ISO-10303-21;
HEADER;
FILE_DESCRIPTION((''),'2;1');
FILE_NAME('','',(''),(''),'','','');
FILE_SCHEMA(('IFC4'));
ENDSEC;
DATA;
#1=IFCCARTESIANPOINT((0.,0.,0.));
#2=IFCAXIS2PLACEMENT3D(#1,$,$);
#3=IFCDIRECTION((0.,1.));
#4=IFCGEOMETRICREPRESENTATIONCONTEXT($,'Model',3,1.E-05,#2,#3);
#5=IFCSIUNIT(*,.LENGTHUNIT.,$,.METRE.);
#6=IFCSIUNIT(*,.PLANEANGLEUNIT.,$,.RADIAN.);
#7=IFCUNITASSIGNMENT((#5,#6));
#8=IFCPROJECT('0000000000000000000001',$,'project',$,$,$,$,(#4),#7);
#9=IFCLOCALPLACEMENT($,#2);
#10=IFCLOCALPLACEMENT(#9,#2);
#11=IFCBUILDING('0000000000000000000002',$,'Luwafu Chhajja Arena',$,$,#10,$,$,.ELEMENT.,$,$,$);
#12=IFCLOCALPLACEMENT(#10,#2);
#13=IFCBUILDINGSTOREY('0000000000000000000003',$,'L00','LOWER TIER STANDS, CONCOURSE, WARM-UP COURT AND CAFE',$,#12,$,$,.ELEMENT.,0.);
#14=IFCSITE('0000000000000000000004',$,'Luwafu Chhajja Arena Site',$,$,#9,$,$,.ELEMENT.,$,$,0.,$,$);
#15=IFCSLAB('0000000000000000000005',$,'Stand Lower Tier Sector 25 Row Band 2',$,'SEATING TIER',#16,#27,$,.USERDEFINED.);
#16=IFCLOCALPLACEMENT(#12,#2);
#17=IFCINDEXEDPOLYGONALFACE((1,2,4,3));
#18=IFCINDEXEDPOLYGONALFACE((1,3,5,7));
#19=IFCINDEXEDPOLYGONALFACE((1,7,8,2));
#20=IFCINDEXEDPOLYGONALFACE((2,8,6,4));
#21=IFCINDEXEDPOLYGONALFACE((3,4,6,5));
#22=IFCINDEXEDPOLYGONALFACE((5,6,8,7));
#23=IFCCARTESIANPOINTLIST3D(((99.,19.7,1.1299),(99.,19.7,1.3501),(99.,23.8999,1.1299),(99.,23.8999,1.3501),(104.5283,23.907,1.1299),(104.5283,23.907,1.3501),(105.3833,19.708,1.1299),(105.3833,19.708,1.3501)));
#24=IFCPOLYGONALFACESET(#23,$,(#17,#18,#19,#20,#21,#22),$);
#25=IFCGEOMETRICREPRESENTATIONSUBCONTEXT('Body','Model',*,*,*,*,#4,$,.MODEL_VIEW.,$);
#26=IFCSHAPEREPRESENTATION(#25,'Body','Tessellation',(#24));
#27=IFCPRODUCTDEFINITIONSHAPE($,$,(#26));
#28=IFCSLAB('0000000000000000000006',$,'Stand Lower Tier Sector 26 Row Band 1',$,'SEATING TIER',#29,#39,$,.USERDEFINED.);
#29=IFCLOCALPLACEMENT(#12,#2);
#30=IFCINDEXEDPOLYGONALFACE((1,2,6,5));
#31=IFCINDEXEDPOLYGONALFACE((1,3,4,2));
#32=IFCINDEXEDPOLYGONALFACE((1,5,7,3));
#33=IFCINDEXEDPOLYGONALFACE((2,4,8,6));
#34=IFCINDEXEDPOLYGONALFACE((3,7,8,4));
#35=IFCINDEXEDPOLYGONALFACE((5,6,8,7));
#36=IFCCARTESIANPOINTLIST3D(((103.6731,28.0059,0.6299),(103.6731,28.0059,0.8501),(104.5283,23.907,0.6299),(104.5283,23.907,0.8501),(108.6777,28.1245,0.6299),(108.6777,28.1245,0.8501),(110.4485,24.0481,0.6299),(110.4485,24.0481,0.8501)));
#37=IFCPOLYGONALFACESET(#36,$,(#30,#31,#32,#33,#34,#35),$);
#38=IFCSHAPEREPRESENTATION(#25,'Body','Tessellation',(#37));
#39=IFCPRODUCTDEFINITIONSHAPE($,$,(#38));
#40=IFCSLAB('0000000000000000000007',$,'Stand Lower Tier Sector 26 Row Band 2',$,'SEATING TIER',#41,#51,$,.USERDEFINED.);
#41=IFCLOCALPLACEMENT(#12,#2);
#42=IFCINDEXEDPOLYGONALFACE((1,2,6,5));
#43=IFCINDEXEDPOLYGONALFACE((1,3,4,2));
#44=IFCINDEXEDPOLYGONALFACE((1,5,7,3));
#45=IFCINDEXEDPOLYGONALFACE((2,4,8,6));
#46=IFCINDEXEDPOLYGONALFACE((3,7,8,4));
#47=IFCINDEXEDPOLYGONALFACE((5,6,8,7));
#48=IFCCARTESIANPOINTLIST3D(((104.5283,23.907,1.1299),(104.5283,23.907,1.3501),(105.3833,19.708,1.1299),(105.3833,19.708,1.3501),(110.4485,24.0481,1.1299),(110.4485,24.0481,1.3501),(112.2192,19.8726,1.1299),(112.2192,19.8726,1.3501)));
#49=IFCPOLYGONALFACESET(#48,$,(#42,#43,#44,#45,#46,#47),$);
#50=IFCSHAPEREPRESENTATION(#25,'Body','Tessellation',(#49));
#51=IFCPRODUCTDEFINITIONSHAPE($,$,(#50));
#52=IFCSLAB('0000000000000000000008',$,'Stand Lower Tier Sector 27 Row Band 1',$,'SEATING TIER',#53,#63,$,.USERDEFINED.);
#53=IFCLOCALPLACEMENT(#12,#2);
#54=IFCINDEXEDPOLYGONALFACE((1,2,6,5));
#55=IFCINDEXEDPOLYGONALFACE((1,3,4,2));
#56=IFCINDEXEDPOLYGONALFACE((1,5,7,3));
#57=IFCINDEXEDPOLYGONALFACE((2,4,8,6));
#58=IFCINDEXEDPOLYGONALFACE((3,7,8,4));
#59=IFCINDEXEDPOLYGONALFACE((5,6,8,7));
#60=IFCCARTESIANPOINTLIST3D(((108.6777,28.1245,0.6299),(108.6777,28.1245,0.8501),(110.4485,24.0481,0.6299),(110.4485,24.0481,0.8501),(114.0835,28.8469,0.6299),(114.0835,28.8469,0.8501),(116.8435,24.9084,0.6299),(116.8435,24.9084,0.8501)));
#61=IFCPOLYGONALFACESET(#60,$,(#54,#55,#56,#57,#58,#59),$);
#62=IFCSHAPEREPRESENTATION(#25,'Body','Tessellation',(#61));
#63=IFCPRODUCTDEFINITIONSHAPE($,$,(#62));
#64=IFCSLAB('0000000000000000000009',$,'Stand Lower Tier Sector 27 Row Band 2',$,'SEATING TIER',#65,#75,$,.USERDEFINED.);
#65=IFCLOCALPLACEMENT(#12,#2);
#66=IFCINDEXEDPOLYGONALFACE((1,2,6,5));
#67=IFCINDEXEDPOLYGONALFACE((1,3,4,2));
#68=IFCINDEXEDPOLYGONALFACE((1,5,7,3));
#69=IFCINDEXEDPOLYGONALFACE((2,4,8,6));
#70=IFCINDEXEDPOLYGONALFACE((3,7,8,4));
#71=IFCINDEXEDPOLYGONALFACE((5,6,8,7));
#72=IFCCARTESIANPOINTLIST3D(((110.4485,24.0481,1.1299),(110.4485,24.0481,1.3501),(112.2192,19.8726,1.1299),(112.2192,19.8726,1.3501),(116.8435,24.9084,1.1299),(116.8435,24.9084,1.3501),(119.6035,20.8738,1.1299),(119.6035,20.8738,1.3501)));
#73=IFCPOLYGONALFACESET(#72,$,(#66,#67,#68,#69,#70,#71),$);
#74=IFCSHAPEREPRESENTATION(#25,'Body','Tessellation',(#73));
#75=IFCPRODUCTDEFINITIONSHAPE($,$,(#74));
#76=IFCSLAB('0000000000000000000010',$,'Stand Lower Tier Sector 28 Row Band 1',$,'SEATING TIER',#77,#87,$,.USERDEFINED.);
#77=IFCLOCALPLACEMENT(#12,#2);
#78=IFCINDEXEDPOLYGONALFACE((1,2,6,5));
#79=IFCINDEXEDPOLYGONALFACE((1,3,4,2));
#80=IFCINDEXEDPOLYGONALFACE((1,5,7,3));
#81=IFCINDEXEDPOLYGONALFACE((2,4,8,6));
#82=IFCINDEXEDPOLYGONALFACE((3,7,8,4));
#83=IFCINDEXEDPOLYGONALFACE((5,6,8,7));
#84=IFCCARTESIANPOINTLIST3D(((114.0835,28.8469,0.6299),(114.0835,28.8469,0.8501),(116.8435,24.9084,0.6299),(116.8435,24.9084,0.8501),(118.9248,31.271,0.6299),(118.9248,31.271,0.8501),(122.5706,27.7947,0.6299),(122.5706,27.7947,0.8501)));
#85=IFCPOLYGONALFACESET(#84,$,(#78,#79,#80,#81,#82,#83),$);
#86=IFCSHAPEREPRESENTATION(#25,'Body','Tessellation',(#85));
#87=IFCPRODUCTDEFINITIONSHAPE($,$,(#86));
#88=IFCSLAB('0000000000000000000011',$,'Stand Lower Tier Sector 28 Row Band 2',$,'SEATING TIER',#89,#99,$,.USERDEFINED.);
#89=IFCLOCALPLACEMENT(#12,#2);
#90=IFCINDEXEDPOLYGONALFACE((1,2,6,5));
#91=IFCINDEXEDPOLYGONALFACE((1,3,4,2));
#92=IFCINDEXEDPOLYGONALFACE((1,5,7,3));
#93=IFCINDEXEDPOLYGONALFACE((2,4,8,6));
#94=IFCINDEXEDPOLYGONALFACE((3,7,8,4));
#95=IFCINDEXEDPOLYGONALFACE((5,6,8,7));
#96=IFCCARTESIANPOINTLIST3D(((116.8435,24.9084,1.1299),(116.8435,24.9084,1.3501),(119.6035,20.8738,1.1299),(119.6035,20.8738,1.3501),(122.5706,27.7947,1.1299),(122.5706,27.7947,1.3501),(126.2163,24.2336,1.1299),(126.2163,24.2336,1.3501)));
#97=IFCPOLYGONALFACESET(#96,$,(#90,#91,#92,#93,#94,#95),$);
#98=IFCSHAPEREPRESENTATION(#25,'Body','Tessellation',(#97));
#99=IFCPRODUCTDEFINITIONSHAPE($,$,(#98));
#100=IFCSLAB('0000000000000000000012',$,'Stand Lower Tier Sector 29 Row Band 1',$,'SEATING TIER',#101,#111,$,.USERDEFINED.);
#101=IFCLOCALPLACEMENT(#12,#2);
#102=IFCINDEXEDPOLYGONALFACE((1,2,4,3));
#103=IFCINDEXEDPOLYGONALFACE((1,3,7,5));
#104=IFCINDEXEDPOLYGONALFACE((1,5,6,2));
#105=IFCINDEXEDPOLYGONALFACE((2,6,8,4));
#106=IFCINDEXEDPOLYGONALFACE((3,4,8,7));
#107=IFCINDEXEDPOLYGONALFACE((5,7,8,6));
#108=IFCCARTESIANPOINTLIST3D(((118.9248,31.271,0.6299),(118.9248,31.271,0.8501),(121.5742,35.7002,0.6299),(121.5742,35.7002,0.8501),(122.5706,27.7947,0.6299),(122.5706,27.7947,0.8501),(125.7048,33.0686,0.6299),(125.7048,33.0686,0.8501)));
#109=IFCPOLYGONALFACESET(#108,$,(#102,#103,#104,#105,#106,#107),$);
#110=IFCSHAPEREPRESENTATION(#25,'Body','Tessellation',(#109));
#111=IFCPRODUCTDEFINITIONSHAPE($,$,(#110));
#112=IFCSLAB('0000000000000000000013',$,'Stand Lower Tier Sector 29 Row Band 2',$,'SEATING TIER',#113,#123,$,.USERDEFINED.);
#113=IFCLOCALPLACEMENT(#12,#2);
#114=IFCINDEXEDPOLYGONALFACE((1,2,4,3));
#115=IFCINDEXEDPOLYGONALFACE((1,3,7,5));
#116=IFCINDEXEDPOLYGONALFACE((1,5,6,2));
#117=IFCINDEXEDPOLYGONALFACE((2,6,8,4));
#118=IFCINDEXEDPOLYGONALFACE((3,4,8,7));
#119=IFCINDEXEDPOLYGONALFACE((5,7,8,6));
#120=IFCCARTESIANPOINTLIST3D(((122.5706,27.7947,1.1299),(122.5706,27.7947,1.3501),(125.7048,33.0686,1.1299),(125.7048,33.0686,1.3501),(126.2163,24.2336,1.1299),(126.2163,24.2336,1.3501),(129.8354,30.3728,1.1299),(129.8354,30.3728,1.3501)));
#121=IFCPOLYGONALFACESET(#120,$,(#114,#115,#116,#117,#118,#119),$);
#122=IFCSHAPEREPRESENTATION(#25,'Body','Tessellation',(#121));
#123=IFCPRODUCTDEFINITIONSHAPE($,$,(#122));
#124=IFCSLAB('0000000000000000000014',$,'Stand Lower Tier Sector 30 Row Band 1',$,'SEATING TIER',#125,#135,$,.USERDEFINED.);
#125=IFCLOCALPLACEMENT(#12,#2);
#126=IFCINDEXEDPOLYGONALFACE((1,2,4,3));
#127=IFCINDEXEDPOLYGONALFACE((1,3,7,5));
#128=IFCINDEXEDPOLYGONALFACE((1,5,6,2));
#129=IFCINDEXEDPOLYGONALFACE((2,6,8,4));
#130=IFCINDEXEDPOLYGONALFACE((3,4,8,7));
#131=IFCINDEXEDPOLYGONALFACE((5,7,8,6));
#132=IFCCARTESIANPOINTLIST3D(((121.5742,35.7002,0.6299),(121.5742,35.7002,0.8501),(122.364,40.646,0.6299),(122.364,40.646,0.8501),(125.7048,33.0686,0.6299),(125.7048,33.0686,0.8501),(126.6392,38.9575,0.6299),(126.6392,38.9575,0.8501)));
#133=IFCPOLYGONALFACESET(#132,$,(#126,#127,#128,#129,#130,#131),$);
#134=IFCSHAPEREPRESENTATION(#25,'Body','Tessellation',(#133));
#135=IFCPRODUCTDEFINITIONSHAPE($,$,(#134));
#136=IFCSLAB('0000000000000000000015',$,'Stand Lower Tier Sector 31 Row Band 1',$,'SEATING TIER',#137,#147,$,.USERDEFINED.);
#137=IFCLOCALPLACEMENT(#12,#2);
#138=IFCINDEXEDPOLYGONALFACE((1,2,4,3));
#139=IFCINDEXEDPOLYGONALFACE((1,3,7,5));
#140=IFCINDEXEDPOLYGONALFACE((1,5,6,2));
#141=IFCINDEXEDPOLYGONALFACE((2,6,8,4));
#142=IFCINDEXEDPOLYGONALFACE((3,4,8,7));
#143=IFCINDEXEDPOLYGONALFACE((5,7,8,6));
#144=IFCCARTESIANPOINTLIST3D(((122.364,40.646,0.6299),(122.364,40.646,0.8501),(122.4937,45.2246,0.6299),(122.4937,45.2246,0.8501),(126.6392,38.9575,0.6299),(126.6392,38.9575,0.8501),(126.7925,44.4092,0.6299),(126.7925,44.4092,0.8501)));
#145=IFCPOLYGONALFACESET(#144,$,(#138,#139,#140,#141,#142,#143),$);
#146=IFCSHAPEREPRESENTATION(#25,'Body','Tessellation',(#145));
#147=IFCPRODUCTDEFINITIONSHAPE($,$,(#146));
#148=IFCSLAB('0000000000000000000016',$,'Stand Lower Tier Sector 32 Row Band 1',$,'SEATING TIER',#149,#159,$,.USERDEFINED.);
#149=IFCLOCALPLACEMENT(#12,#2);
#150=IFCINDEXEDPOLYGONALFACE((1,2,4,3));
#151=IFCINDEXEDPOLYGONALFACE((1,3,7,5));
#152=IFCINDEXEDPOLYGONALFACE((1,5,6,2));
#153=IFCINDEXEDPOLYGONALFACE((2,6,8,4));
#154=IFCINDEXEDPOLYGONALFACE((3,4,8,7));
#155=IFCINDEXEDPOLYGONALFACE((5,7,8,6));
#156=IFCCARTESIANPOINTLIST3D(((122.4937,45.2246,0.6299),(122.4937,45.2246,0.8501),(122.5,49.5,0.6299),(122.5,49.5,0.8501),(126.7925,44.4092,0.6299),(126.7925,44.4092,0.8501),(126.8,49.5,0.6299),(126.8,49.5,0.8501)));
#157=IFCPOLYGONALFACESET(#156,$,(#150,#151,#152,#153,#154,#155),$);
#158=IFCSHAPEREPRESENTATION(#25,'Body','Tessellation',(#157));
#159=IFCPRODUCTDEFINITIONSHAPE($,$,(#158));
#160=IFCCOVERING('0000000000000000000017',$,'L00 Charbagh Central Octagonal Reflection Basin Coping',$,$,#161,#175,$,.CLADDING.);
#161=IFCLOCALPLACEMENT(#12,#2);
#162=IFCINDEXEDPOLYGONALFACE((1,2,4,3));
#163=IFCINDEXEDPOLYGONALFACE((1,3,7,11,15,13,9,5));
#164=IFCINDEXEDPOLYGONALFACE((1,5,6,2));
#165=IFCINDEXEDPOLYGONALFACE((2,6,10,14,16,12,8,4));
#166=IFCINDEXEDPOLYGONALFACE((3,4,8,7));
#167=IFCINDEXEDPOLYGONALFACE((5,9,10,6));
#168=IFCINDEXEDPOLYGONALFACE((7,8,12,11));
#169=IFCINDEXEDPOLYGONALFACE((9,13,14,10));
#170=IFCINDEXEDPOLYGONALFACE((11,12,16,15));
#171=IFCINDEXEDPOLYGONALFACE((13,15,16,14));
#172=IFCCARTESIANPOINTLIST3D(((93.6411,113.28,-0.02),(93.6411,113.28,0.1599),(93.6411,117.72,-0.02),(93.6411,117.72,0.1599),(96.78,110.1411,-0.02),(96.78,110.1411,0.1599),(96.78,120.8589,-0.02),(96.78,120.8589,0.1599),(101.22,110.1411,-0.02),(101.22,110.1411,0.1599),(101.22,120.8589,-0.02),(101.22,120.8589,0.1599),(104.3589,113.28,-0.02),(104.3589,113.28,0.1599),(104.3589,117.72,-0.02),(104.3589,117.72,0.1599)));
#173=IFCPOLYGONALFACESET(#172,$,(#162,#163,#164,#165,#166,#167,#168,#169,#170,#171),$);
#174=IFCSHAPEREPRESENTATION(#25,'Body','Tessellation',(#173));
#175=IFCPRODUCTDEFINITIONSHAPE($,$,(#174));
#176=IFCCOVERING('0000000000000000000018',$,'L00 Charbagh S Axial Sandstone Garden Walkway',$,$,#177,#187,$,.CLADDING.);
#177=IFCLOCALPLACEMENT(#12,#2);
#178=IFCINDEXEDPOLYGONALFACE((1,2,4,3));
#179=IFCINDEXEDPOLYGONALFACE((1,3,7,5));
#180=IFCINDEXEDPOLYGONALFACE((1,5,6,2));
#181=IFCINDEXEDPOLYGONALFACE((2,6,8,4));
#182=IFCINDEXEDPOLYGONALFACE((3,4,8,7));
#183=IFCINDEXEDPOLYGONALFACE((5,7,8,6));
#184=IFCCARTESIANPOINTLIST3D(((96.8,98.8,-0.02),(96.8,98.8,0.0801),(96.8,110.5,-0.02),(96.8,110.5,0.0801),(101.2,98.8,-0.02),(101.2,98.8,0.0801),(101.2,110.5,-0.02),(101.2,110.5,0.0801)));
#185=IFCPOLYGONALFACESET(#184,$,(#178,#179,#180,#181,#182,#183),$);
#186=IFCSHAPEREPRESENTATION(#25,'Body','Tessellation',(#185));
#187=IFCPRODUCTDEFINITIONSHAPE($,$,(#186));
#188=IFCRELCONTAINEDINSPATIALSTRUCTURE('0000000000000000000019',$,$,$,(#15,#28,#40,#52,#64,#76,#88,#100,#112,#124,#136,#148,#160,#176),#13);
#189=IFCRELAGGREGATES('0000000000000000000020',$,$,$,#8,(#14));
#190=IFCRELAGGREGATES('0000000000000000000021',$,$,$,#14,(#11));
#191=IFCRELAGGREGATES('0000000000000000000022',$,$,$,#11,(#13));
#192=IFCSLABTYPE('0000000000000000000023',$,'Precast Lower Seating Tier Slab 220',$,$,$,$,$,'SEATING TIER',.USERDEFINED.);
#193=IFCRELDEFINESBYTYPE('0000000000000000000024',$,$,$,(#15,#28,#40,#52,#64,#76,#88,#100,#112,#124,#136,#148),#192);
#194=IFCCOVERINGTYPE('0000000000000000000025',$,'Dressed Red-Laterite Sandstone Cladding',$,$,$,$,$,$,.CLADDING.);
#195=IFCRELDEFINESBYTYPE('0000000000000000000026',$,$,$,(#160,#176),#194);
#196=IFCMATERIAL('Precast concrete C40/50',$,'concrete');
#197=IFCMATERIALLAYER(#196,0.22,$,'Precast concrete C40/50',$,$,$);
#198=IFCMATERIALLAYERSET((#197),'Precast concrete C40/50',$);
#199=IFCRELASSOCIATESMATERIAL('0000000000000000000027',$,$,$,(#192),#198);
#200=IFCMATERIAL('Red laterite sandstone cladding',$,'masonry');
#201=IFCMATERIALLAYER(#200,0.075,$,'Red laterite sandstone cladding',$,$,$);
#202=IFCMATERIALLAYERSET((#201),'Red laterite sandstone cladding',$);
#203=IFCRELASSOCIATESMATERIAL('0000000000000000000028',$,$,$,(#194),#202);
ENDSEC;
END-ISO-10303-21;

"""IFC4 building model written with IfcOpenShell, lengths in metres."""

from ifc_helpers import new_model, si_unit, direction, frame, origin, place, context, subcontext, project, spatial, polyline, outline, extrude, material, layer, layer_set, type_object, element, save


model = new_model("IFC4")

# Units and contexts
model_context = context("Model", 3, precision=1e-05, world=origin(), true_north=direction((0.0, 1.0)))
body_context = subcontext(model_context, "Body", "Model", "MODEL_VIEW")
ifc_project = project(units=[si_unit("LENGTHUNIT", "METRE"), si_unit("PLANEANGLEUNIT", "RADIAN")], contexts=[model_context])

# Site, building, storey
site_placement = place(None, origin())
site = spatial("IfcSite", under=ifc_project, at=site_placement, Name="Luwafu Chhajja Arena Site", CompositionType="ELEMENT", RefElevation=0.0)
building_placement = place(site_placement, origin())
building = spatial("IfcBuilding", under=site, at=building_placement, Name="Luwafu Chhajja Arena", CompositionType="ELEMENT")
storey_placement = place(building_placement, origin())
storey = spatial("IfcBuildingStorey", under=building, at=storey_placement, Name="L00", Description="LOWER TIER STANDS, CONCOURSE, WARM-UP COURT AND CAFE", CompositionType="ELEMENT", Elevation=0.0)

# Slabs
ifc_material_1 = material(Name="Precast concrete C40/50", Category="concrete")
ifc_layer_1 = layer(ifc_material_1, 0.22, Name="Precast concrete C40/50")
ifc_layer_set_1 = layer_set([ifc_layer_1], Name="Precast concrete C40/50")
slab_type = type_object("IfcSlabType", Name="Precast Lower Seating Tier Slab 220", ElementType="SEATING TIER", PredefinedType="USERDEFINED", material=ifc_layer_set_1)
slab_1_placement = place(storey_placement, frame((0.0, 0.0, 1.1299)))
element("IfcSlab", 1, at=slab_1_placement, inside=storey, type_object=slab_type, Name="Stand Lower Tier Sector 25 Row Band 2", ObjectType="SEATING TIER", PredefinedType="USERDEFINED", context=body_context, shape_type="SweptSolid", body=[
    extrude(outline(polyline([(99.0, 23.8999), (104.5283, 23.907), (105.3833, 19.708), (99.0, 19.7), (99.0, 23.8999)])), origin(), (0.0, 0.0, 1.0), 0.2202),
])
slab_2_placement = place(storey_placement, frame((0.0, 0.0, 0.6299)))
element("IfcSlab", 2, at=slab_2_placement, inside=storey, type_object=slab_type, Name="Stand Lower Tier Sector 26 Row Band 1", ObjectType="SEATING TIER", PredefinedType="USERDEFINED", context=body_context, shape_type="SweptSolid", body=[
    extrude(outline(polyline([(103.6731, 28.0059), (108.6777, 28.1245), (110.4485, 24.0481), (104.5283, 23.907), (103.6731, 28.0059)])), origin(), (0.0, 0.0, 1.0), 0.2202),
])
slab_3_placement = place(storey_placement, frame((0.0, 0.0, 1.1299)))
element("IfcSlab", 3, at=slab_3_placement, inside=storey, type_object=slab_type, Name="Stand Lower Tier Sector 26 Row Band 2", ObjectType="SEATING TIER", PredefinedType="USERDEFINED", context=body_context, shape_type="SweptSolid", body=[
    extrude(outline(polyline([(104.5283, 23.907), (110.4485, 24.0481), (112.2192, 19.8726), (105.3833, 19.708), (104.5283, 23.907)])), origin(), (0.0, 0.0, 1.0), 0.2202),
])
slab_4_placement = place(storey_placement, frame((0.0, 0.0, 0.6299)))
element("IfcSlab", 4, at=slab_4_placement, inside=storey, type_object=slab_type, Name="Stand Lower Tier Sector 27 Row Band 1", ObjectType="SEATING TIER", PredefinedType="USERDEFINED", context=body_context, shape_type="SweptSolid", body=[
    extrude(outline(polyline([(108.6777, 28.1245), (114.0835, 28.8469), (116.8435, 24.9084), (110.4485, 24.0481), (108.6777, 28.1245)])), origin(), (0.0, 0.0, 1.0), 0.2202),
])
slab_5_placement = place(storey_placement, frame((0.0, 0.0, 1.1299)))
element("IfcSlab", 5, at=slab_5_placement, inside=storey, type_object=slab_type, Name="Stand Lower Tier Sector 27 Row Band 2", ObjectType="SEATING TIER", PredefinedType="USERDEFINED", context=body_context, shape_type="SweptSolid", body=[
    extrude(outline(polyline([(110.4485, 24.0481), (116.8435, 24.9084), (119.6035, 20.8738), (112.2192, 19.8726), (110.4485, 24.0481)])), origin(), (0.0, 0.0, 1.0), 0.2202),
])
slab_6_placement = place(storey_placement, frame((0.0, 0.0, 0.6299)))
element("IfcSlab", 6, at=slab_6_placement, inside=storey, type_object=slab_type, Name="Stand Lower Tier Sector 28 Row Band 1", ObjectType="SEATING TIER", PredefinedType="USERDEFINED", context=body_context, shape_type="SweptSolid", body=[
    extrude(outline(polyline([(114.0835, 28.8469), (118.9248, 31.271), (122.5706, 27.7947), (116.8435, 24.9084), (114.0835, 28.8469)])), origin(), (0.0, 0.0, 1.0), 0.2202),
])
slab_7_placement = place(storey_placement, frame((0.0, 0.0, 1.1299)))
element("IfcSlab", 7, at=slab_7_placement, inside=storey, type_object=slab_type, Name="Stand Lower Tier Sector 28 Row Band 2", ObjectType="SEATING TIER", PredefinedType="USERDEFINED", context=body_context, shape_type="SweptSolid", body=[
    extrude(outline(polyline([(116.8435, 24.9084), (122.5706, 27.7947), (126.2163, 24.2336), (119.6035, 20.8738), (116.8435, 24.9084)])), origin(), (0.0, 0.0, 1.0), 0.2202),
])
slab_8_placement = place(storey_placement, frame((0.0, 0.0, 0.6299)))
element("IfcSlab", 8, at=slab_8_placement, inside=storey, type_object=slab_type, Name="Stand Lower Tier Sector 29 Row Band 1", ObjectType="SEATING TIER", PredefinedType="USERDEFINED", context=body_context, shape_type="SweptSolid", body=[
    extrude(outline(polyline([(118.9248, 31.271), (121.5742, 35.7002), (125.7048, 33.0686), (122.5706, 27.7947), (118.9248, 31.271)])), origin(), (0.0, 0.0, 1.0), 0.2202),
])
slab_9_placement = place(storey_placement, frame((0.0, 0.0, 1.1299)))
element("IfcSlab", 9, at=slab_9_placement, inside=storey, type_object=slab_type, Name="Stand Lower Tier Sector 29 Row Band 2", ObjectType="SEATING TIER", PredefinedType="USERDEFINED", context=body_context, shape_type="SweptSolid", body=[
    extrude(outline(polyline([(122.5706, 27.7947), (125.7048, 33.0686), (129.8354, 30.3728), (126.2163, 24.2336), (122.5706, 27.7947)])), origin(), (0.0, 0.0, 1.0), 0.2202),
])
slab_10_placement = place(storey_placement, frame((0.0, 0.0, 0.6299)))
element("IfcSlab", 10, at=slab_10_placement, inside=storey, type_object=slab_type, Name="Stand Lower Tier Sector 30 Row Band 1", ObjectType="SEATING TIER", PredefinedType="USERDEFINED", context=body_context, shape_type="SweptSolid", body=[
    extrude(outline(polyline([(121.5742, 35.7002), (122.364, 40.646), (126.6392, 38.9575), (125.7048, 33.0686), (121.5742, 35.7002)])), origin(), (0.0, 0.0, 1.0), 0.2202),
])
slab_11_placement = place(storey_placement, frame((0.0, 0.0, 0.6299)))
element("IfcSlab", 11, at=slab_11_placement, inside=storey, type_object=slab_type, Name="Stand Lower Tier Sector 31 Row Band 1", ObjectType="SEATING TIER", PredefinedType="USERDEFINED", context=body_context, shape_type="SweptSolid", body=[
    extrude(outline(polyline([(122.364, 40.646), (122.4937, 45.2246), (126.7925, 44.4092), (126.6392, 38.9575), (122.364, 40.646)])), origin(), (0.0, 0.0, 1.0), 0.2202),
])
slab_12_placement = place(storey_placement, frame((0.0, 0.0, 0.6299)))
element("IfcSlab", 12, at=slab_12_placement, inside=storey, type_object=slab_type, Name="Stand Lower Tier Sector 32 Row Band 1", ObjectType="SEATING TIER", PredefinedType="USERDEFINED", context=body_context, shape_type="SweptSolid", body=[
    extrude(outline(polyline([(122.4937, 45.2246), (122.5, 49.5), (126.8, 49.5), (126.7925, 44.4092), (122.4937, 45.2246)])), origin(), (0.0, 0.0, 1.0), 0.2202),
])

# Coverings
ifc_material_2 = material(Name="Red laterite sandstone cladding", Category="masonry")
ifc_layer_2 = layer(ifc_material_2, 0.075, Name="Red laterite sandstone cladding")
ifc_layer_set_2 = layer_set([ifc_layer_2], Name="Red laterite sandstone cladding")
covering_type_1 = type_object("IfcCoveringType", Name="Dressed Red-Laterite Sandstone Cladding", PredefinedType="CLADDING", material=ifc_layer_set_2)
covering_1_placement = place(storey_placement, frame((0.0, 0.0, -0.02)))
element("IfcCovering", 13, at=covering_1_placement, inside=storey, type_object=covering_type_1, Name="L00 Charbagh Central Octagonal Reflection Basin Coping", PredefinedType="CLADDING", context=body_context, shape_type="SweptSolid", body=[
    extrude(outline(polyline([(104.3589, 117.72), (101.22, 120.8589), (96.78, 120.8589), (93.6411, 117.72), (93.6411, 113.28), (96.78, 110.1411), (101.22, 110.1411), (104.3589, 113.28), (104.3589, 117.72)])), origin(), (0.0, 0.0, 1.0), 0.1799),
])
covering_2_placement = place(storey_placement, frame((0.0, 0.0, -0.02)))
element("IfcCovering", 14, at=covering_2_placement, inside=storey, type_object=covering_type_1, Name="L00 Charbagh S Axial Sandstone Garden Walkway", PredefinedType="CLADDING", context=body_context, shape_type="SweptSolid", body=[
    extrude(outline(polyline([(96.8, 98.8), (101.2, 98.8), (101.2, 110.5), (96.8, 110.5), (96.8, 98.8)])), origin(), (0.0, 0.0, 1.0), 0.1001),
])

save(model, "model.ifc")
